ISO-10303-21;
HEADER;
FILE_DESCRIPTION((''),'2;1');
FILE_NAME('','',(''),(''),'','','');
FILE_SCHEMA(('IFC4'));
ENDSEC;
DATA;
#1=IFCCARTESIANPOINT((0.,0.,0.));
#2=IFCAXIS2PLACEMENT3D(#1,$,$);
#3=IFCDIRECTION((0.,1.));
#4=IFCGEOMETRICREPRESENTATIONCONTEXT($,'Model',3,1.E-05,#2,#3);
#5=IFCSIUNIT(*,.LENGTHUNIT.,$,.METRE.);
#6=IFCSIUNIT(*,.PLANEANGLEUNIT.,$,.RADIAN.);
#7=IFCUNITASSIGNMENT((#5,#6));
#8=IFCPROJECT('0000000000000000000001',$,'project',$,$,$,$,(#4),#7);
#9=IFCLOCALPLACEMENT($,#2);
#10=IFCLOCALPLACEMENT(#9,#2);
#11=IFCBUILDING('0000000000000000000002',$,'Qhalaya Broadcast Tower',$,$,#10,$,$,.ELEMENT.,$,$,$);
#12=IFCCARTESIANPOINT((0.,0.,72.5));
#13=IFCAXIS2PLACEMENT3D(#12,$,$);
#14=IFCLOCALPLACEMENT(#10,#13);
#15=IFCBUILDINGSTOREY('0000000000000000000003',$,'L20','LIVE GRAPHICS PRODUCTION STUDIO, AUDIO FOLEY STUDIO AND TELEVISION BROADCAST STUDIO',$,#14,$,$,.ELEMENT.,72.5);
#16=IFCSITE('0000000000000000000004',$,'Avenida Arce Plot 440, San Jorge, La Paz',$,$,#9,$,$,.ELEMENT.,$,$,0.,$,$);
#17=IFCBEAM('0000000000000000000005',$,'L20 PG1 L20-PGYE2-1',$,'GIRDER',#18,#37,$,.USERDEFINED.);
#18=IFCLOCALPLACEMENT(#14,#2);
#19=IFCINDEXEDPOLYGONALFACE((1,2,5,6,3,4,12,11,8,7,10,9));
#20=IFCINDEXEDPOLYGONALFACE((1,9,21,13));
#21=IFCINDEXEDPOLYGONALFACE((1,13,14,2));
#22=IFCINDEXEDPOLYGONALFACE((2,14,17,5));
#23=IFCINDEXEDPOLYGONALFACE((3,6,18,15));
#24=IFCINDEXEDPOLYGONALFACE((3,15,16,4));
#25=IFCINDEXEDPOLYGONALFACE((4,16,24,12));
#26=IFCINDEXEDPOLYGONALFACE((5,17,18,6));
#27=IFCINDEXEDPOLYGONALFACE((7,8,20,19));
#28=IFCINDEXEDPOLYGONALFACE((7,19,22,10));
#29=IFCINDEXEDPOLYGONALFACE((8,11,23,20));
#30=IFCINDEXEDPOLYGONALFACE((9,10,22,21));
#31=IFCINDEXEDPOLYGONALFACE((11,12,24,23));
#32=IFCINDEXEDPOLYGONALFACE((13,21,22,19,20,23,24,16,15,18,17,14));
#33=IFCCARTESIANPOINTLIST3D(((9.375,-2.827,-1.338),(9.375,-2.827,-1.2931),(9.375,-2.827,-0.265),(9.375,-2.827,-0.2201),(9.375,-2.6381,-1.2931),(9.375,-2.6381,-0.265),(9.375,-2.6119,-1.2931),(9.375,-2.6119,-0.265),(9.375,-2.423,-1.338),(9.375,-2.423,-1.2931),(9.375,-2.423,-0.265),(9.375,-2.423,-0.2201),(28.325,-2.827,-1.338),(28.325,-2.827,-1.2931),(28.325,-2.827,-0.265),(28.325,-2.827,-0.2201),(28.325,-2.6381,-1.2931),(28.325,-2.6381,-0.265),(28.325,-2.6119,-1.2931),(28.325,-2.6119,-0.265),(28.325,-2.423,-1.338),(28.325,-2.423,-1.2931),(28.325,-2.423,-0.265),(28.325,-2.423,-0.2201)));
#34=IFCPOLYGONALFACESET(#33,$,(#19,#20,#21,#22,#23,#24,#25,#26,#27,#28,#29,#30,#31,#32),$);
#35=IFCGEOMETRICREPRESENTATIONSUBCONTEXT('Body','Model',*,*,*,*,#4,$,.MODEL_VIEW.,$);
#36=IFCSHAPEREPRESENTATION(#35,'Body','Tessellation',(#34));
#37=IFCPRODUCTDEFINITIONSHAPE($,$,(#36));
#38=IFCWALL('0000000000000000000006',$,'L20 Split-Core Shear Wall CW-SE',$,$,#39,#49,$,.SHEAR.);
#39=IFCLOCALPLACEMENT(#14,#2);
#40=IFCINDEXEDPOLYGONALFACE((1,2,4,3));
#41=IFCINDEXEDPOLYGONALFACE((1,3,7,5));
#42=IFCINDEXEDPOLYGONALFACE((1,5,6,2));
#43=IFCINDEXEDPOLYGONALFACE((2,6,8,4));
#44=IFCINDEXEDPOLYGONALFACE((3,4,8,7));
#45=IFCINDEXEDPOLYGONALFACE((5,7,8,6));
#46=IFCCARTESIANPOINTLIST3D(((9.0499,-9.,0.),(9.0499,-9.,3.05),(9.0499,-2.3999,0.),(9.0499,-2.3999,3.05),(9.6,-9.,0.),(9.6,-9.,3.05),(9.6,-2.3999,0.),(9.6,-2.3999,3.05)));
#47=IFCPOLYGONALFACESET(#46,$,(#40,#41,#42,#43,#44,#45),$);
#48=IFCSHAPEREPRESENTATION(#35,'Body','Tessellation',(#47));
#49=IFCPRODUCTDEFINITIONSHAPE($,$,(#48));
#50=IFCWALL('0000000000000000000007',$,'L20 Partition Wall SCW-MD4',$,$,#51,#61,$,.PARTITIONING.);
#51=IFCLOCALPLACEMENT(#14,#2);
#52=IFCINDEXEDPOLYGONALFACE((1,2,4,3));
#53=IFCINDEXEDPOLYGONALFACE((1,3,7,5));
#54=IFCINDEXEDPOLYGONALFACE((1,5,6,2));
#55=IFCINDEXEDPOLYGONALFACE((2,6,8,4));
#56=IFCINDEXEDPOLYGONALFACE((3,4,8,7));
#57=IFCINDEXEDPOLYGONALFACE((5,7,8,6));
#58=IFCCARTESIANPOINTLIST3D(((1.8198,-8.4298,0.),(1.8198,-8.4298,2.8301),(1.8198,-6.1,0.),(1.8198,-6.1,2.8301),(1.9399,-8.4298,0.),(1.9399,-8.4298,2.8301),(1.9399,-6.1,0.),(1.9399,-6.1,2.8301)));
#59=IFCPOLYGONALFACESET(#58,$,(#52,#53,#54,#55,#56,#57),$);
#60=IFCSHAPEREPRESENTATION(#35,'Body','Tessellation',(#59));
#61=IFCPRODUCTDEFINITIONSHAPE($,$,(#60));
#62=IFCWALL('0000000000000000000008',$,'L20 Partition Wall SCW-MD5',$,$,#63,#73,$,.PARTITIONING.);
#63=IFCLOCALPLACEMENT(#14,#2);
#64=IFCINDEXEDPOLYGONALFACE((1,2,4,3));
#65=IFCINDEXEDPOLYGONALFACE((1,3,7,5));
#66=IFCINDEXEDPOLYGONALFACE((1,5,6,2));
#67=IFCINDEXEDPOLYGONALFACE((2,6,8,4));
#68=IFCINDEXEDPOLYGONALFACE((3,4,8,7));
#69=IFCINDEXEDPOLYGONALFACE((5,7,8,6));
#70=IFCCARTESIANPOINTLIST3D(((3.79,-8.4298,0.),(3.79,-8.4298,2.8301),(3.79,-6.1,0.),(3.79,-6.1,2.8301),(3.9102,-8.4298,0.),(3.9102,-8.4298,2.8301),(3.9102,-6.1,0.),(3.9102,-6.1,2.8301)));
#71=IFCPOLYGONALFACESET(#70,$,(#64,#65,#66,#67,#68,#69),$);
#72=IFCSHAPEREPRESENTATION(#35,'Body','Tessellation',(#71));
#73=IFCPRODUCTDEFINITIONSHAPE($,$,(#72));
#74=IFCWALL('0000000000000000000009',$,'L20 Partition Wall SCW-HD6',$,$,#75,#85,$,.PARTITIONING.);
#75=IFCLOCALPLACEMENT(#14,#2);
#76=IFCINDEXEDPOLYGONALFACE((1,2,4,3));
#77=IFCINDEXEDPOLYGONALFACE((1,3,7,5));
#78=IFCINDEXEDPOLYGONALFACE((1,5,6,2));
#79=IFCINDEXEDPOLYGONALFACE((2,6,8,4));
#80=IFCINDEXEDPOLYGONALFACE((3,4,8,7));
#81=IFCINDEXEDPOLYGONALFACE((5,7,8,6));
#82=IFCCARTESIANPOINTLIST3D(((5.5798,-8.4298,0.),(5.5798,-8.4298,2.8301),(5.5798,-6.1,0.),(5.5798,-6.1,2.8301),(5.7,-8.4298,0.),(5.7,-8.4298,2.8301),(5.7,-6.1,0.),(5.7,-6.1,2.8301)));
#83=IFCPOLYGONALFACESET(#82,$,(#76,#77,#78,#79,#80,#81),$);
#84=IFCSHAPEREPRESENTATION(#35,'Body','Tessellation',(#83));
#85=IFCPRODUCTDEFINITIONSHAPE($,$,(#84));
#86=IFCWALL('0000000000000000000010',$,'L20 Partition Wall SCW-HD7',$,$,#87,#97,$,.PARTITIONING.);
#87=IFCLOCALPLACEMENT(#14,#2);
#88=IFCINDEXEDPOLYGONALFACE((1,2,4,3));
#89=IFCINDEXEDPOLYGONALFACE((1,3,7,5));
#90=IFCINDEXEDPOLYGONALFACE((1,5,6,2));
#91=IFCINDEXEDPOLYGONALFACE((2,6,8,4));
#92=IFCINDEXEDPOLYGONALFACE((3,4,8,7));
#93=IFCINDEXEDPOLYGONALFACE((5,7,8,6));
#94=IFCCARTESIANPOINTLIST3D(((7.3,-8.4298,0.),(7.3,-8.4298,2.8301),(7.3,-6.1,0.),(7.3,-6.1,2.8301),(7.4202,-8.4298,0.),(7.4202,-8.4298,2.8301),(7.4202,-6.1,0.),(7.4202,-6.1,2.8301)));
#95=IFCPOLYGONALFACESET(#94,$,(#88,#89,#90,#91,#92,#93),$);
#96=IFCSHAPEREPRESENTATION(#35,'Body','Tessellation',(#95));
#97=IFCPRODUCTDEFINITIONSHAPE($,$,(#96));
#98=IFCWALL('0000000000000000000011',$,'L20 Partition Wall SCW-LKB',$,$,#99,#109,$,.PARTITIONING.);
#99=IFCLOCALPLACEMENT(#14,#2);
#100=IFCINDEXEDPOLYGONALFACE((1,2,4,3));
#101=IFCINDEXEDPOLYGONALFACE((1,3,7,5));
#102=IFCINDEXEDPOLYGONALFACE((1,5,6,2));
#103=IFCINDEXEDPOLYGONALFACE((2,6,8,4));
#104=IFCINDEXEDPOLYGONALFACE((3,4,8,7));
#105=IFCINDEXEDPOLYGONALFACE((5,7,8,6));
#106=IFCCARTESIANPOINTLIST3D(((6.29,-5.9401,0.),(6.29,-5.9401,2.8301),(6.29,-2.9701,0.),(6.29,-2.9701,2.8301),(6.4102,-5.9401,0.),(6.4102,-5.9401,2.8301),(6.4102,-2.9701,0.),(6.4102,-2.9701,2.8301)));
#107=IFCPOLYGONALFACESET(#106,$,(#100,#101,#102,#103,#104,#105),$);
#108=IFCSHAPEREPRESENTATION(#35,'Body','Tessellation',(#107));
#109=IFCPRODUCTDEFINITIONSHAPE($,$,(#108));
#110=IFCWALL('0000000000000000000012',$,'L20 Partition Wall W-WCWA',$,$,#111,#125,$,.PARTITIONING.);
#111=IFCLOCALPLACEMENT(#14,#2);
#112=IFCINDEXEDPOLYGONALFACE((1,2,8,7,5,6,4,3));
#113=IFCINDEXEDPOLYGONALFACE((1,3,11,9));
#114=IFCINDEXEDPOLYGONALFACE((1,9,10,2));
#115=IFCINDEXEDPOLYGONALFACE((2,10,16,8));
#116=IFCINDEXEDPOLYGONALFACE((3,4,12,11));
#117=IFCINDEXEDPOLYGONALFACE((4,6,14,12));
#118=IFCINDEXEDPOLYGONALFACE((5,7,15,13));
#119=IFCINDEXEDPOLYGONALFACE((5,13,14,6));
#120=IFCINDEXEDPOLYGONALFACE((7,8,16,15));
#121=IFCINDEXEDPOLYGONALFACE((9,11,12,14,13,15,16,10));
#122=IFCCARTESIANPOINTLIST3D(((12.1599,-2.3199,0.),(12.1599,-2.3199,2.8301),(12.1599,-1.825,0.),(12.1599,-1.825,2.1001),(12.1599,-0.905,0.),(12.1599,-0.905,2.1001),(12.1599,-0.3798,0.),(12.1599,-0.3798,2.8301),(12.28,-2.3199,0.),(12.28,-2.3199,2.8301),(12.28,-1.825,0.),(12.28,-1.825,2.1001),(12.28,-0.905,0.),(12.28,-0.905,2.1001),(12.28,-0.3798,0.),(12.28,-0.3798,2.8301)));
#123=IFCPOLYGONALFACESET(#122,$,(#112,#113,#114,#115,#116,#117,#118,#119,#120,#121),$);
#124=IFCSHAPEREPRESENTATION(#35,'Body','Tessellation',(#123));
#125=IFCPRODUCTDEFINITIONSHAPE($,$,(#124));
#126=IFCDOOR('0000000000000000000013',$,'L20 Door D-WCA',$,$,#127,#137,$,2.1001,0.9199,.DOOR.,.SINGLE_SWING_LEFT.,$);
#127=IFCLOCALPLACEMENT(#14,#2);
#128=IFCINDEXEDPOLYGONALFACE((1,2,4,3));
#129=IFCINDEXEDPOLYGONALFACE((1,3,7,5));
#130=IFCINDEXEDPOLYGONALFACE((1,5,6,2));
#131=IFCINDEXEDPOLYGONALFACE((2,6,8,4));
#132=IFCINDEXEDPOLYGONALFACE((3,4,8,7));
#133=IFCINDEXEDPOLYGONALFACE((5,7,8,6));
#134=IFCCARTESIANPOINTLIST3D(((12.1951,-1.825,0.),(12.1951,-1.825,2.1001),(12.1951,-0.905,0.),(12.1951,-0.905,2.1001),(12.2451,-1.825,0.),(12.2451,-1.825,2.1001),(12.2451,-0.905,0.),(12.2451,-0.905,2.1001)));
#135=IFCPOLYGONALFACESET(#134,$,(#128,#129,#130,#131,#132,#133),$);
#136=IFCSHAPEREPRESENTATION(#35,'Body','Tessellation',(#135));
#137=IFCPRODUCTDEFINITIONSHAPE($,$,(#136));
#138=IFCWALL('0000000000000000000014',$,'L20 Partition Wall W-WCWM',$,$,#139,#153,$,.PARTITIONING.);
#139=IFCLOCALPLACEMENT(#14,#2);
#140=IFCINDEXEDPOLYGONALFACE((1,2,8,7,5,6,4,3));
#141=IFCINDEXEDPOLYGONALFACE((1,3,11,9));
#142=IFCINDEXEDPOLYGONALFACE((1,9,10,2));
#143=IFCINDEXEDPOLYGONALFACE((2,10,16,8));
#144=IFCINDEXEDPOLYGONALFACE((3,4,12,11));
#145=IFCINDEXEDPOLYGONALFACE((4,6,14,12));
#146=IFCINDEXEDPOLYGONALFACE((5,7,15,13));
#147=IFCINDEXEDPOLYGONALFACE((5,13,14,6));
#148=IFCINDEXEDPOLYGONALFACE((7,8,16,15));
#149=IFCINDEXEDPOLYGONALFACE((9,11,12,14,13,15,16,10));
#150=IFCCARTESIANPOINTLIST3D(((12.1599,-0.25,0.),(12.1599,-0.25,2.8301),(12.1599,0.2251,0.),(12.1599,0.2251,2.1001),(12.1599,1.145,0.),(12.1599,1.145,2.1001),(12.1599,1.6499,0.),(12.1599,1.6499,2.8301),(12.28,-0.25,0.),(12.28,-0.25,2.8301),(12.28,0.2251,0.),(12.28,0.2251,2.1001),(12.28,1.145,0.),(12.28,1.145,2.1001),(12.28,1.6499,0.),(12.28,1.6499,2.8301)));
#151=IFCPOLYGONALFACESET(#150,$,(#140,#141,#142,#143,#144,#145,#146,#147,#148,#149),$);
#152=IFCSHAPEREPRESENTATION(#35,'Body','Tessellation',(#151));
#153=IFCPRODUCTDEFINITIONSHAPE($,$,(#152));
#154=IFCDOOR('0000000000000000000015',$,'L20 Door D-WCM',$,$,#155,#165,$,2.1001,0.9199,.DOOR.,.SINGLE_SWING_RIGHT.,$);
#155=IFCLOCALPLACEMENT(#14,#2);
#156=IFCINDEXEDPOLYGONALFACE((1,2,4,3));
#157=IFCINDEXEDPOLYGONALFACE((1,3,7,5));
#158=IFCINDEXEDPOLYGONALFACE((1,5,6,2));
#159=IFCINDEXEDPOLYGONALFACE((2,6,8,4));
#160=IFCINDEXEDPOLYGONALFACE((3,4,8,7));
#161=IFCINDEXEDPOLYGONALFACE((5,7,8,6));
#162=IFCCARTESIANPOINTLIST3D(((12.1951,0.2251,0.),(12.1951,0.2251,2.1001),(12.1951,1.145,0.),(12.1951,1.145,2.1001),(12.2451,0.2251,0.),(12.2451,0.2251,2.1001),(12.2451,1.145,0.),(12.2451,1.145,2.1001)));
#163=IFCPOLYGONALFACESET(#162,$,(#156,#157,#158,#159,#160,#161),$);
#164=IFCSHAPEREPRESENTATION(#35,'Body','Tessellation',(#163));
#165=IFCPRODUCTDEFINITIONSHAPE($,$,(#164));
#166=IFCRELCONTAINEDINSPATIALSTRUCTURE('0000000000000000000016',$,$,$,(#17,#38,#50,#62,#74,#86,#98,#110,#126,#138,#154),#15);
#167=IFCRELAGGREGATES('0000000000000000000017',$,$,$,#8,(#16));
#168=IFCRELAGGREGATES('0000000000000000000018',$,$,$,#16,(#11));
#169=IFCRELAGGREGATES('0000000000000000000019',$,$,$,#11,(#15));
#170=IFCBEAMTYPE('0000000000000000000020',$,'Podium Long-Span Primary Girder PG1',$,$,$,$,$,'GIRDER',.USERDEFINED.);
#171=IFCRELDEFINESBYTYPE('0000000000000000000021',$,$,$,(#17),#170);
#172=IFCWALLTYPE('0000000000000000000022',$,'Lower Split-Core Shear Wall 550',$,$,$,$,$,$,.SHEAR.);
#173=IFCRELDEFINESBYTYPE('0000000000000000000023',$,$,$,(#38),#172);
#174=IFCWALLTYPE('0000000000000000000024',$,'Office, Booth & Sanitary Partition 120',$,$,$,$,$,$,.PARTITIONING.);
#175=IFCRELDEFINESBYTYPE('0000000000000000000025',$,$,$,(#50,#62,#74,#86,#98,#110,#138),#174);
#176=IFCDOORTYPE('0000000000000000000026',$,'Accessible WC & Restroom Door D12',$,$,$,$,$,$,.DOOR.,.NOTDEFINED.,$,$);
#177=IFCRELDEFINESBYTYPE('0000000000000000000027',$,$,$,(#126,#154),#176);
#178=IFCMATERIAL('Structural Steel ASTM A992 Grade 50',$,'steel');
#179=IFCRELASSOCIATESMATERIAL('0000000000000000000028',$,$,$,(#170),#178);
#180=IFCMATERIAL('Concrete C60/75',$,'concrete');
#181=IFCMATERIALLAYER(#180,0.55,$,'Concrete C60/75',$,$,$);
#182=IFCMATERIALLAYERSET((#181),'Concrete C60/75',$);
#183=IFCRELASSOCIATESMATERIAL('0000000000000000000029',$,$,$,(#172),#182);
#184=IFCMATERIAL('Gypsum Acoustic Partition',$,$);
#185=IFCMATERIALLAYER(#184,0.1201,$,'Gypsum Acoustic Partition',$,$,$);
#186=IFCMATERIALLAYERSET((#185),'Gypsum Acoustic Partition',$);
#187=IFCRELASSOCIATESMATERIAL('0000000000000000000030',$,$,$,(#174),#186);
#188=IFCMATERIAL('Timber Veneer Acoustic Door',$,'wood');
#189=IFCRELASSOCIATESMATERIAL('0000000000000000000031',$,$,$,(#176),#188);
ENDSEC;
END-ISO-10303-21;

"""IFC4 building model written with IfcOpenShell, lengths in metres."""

from ifc_helpers import new_model, si_unit, direction, frame, frame_2d, origin, origin_2d, place, context, subcontext, project, spatial, rectangle, i_section, extrude, material, layer, layer_set, material_profile, profile_set, type_object, element, fill, save


model = new_model("IFC4")

# Units and contexts
model_context = context("Model", 3, precision=1e-05, world=origin(), true_north=direction((0.0, 1.0)))
body_context = subcontext(model_context, "Body", "Model", "MODEL_VIEW")
ifc_project = project(units=[si_unit("LENGTHUNIT", "METRE"), si_unit("PLANEANGLEUNIT", "RADIAN")], contexts=[model_context])

# Site, building, storey
site_placement = place(None, origin())
site = spatial("IfcSite", under=ifc_project, at=site_placement, Name="Avenida Arce Plot 440, San Jorge, La Paz", CompositionType="ELEMENT", RefElevation=0.0)
building_placement = place(site_placement, origin())
building = spatial("IfcBuilding", under=site, at=building_placement, Name="Qhalaya Broadcast Tower", CompositionType="ELEMENT")
storey_placement = place(building_placement, frame((0.0, 0.0, 72.5)))
storey = spatial("IfcBuildingStorey", under=building, at=storey_placement, Name="L20", Description="LIVE GRAPHICS PRODUCTION STUDIO, AUDIO FOLEY STUDIO AND TELEVISION BROADCAST STUDIO", CompositionType="ELEMENT", Elevation=72.5)

# Beam
ifc_material_1 = material(Name="Structural Steel ASTM A992 Grade 50", Category="steel")
ifc_material_profile_1 = material_profile(ifc_material_1, i_section(OverallWidth=0.4041, OverallDepth=1.1179, WebThickness=0.0261, FlangeThickness=0.0449, at=origin_2d()), Name="W44X335")
ifc_profile_set_1 = profile_set([ifc_material_profile_1], Name="Structural Steel ASTM A992 Grade 50")
beam_type_1 = type_object("IfcBeamType", Name="Podium Long-Span Primary Girder PG1", ElementType="GIRDER", PredefinedType="USERDEFINED", material=ifc_profile_set_1)
beam_1_placement = place(storey_placement, frame((9.375, -2.625, -0.7791), z_axis=(1.0, 0.0, 0.0), x_axis=(0.0, 1.0, 0.0)))
element("IfcBeam", 1, at=beam_1_placement, inside=storey, type_object=beam_type_1, Name="L20 PG1 L20-PGYE2-1", ObjectType="GIRDER", PredefinedType="USERDEFINED", context=body_context, shape_type="SweptSolid", body=[
    extrude(i_section(OverallWidth=0.4041, OverallDepth=1.1179, WebThickness=0.0261, FlangeThickness=0.0449, at=origin_2d()), origin(), (0.0, 0.0, 1.0), 18.95),
])

# Walls
ifc_material_2 = material(Name="Concrete C60/75", Category="concrete")
ifc_layer_1 = layer(ifc_material_2, 0.55, Name="Concrete C60/75")
ifc_layer_set_1 = layer_set([ifc_layer_1], Name="Concrete C60/75")
wall_type_1 = type_object("IfcWallType", Name="Lower Split-Core Shear Wall 550", PredefinedType="SHEAR", material=ifc_layer_set_1)
wall_1_placement = place(storey_placement, frame((9.325, -9.0, 0.0), z_axis=(0.0, 0.0, 1.0), x_axis=(0.0, 1.0, 0.0)))
element("IfcWall", 2, at=wall_1_placement, inside=storey, type_object=wall_type_1, Name="L20 Split-Core Shear Wall CW-SE", PredefinedType="SHEAR", context=body_context, shape_type="SweptSolid", body=[
    extrude(rectangle(XDim=6.6001, YDim=0.55, at=frame_2d((3.3, 0.0))), origin(), (0.0, 0.0, 1.0), 3.05),
])
ifc_material_3 = material(Name="Gypsum Acoustic Partition")
ifc_layer_2 = layer(ifc_material_3, 0.1201, Name="Gypsum Acoustic Partition")
ifc_layer_set_2 = layer_set([ifc_layer_2], Name="Gypsum Acoustic Partition")
wall_type_2 = type_object("IfcWallType", Name="Office, Booth & Sanitary Partition 120", PredefinedType="PARTITIONING", material=ifc_layer_set_2)
for number, where, z_axis, x_axis, name in (
    (3, (1.8799, -8.4299, 0.0), (0.0, 0.0, 1.0), (0.0, 1.0, 0.0), "L20 Partition Wall SCW-MD4"),
    (4, (3.8501, -8.4299, 0.0), (0.0, 0.0, 1.0), (0.0, 1.0, 0.0), "L20 Partition Wall SCW-MD5"),
    (5, (5.6399, -8.4299, 0.0), (0.0, 0.0, 1.0), (0.0, 1.0, 0.0), "L20 Partition Wall SCW-HD6"),
    (6, (7.3601, -8.4299, 0.0), (0.0, 0.0, 1.0), (0.0, 1.0, 0.0), "L20 Partition Wall SCW-HD7"),
):
    element("IfcWall", number, at=place(storey_placement, frame(where, z_axis=z_axis, x_axis=x_axis)), inside=storey, type_object=wall_type_2, Name=name, PredefinedType="PARTITIONING", context=body_context, shape_type="SweptSolid", body=[
        extrude(rectangle(XDim=2.3298, YDim=0.1201, at=frame_2d((1.165, 0.0))), origin(), (0.0, 0.0, 1.0), 2.8301),
    ])
wall_2_placement = place(storey_placement, frame((6.3501, -5.9399, 0.0), z_axis=(0.0, 0.0, 1.0), x_axis=(0.0, 1.0, 0.0)))
element("IfcWall", 7, at=wall_2_placement, inside=storey, type_object=wall_type_2, Name="L20 Partition Wall SCW-LKB", PredefinedType="PARTITIONING", context=body_context, shape_type="SweptSolid", body=[
    extrude(rectangle(XDim=2.97, YDim=0.1201, at=frame_2d((1.4849, 0.0))), origin(), (0.0, 0.0, 1.0), 2.8301),
])

# Walls, openings, doors
wall_3_placement = place(storey_placement, frame((12.22, -2.3201, 0.0), z_axis=(0.0, 0.0, 1.0), x_axis=(0.0, 1.0, 0.0)))
wall_3 = element("IfcWall", 8, at=wall_3_placement, inside=storey, type_object=wall_type_2, Name="L20 Partition Wall W-WCWA", PredefinedType="PARTITIONING", context=body_context, shape_type="SweptSolid", body=[
    extrude(rectangle(XDim=1.9402, YDim=0.1201, at=frame_2d((0.9702, 0.0))), origin(), (0.0, 0.0, 1.0), 2.8301),
])
opening_1_placement = place(wall_3_placement, frame((0.4951, 0.0, 0.0)))
opening_1 = element("IfcOpeningElement", 9, at=opening_1_placement, cuts=wall_3, PredefinedType="OPENING", context=body_context, shape_type="SweptSolid", body=[
    extrude(rectangle(XDim=0.9199, YDim=2.1001, at=frame_2d((0.46, 1.05))), frame((0.0, 0.072, 0.0), z_axis=(0.0, -1.0, 0.0), x_axis=(1.0, 0.0, 0.0)), (0.0, 0.0, 1.0), 0.144),
])
ifc_material_4 = material(Name="Timber Veneer Acoustic Door", Category="wood")
door_type = type_object("IfcDoorType", Name="Accessible WC & Restroom Door D12", OperationType="NOTDEFINED", PredefinedType="DOOR", material=ifc_material_4)
door_1_placement = place(opening_1_placement, origin())
door_1 = element("IfcDoor", 10, at=door_1_placement, inside=storey, type_object=door_type, Name="L20 Door D-WCA", OperationType="SINGLE_SWING_LEFT", OverallHeight=2.1001, OverallWidth=0.9199, PredefinedType="DOOR", context=body_context, shape_type="SweptSolid", body=[
    extrude(rectangle(XDim=0.9199, YDim=2.1001, at=frame_2d((0.46, 1.05))), frame((0.0, 0.0249, 0.0), z_axis=(0.0, -1.0, 0.0), x_axis=(1.0, 0.0, 0.0)), (0.0, 0.0, 1.0), 0.05),
])
fill(opening_1, door_1)
wall_4_placement = place(storey_placement, frame((12.22, -0.25, 0.0), z_axis=(0.0, 0.0, 1.0), x_axis=(0.0, 1.0, 0.0)))
wall_4 = element("IfcWall", 11, at=wall_4_placement, inside=storey, type_object=wall_type_2, Name="L20 Partition Wall W-WCWM", PredefinedType="PARTITIONING", context=body_context, shape_type="SweptSolid", body=[
    extrude(rectangle(XDim=1.8999, YDim=0.1201, at=frame_2d((0.95, 0.0))), origin(), (0.0, 0.0, 1.0), 2.8301),
])
opening_2_placement = place(wall_4_placement, frame((0.4751, 0.0, 0.0)))
opening_2 = element("IfcOpeningElement", 12, at=opening_2_placement, cuts=wall_4, PredefinedType="OPENING", context=body_context, shape_type="SweptSolid", body=[
    extrude(rectangle(XDim=0.9199, YDim=2.1001, at=frame_2d((0.46, 1.05))), frame((0.0, 0.072, 0.0), z_axis=(0.0, -1.0, 0.0), x_axis=(1.0, 0.0, 0.0)), (0.0, 0.0, 1.0), 0.144),
])
door_2_placement = place(opening_2_placement, origin())
door_2 = element("IfcDoor", 13, at=door_2_placement, inside=storey, type_object=door_type, Name="L20 Door D-WCM", OperationType="SINGLE_SWING_RIGHT", OverallHeight=2.1001, OverallWidth=0.9199, PredefinedType="DOOR", context=body_context, shape_type="SweptSolid", body=[
    extrude(rectangle(XDim=0.9199, YDim=2.1001, at=frame_2d((0.46, 1.05))), frame((0.0, 0.0249, 0.0), z_axis=(0.0, -1.0, 0.0), x_axis=(1.0, 0.0, 0.0)), (0.0, 0.0, 1.0), 0.05),
])
fill(opening_2, door_2)

save(model, "model.ifc")
